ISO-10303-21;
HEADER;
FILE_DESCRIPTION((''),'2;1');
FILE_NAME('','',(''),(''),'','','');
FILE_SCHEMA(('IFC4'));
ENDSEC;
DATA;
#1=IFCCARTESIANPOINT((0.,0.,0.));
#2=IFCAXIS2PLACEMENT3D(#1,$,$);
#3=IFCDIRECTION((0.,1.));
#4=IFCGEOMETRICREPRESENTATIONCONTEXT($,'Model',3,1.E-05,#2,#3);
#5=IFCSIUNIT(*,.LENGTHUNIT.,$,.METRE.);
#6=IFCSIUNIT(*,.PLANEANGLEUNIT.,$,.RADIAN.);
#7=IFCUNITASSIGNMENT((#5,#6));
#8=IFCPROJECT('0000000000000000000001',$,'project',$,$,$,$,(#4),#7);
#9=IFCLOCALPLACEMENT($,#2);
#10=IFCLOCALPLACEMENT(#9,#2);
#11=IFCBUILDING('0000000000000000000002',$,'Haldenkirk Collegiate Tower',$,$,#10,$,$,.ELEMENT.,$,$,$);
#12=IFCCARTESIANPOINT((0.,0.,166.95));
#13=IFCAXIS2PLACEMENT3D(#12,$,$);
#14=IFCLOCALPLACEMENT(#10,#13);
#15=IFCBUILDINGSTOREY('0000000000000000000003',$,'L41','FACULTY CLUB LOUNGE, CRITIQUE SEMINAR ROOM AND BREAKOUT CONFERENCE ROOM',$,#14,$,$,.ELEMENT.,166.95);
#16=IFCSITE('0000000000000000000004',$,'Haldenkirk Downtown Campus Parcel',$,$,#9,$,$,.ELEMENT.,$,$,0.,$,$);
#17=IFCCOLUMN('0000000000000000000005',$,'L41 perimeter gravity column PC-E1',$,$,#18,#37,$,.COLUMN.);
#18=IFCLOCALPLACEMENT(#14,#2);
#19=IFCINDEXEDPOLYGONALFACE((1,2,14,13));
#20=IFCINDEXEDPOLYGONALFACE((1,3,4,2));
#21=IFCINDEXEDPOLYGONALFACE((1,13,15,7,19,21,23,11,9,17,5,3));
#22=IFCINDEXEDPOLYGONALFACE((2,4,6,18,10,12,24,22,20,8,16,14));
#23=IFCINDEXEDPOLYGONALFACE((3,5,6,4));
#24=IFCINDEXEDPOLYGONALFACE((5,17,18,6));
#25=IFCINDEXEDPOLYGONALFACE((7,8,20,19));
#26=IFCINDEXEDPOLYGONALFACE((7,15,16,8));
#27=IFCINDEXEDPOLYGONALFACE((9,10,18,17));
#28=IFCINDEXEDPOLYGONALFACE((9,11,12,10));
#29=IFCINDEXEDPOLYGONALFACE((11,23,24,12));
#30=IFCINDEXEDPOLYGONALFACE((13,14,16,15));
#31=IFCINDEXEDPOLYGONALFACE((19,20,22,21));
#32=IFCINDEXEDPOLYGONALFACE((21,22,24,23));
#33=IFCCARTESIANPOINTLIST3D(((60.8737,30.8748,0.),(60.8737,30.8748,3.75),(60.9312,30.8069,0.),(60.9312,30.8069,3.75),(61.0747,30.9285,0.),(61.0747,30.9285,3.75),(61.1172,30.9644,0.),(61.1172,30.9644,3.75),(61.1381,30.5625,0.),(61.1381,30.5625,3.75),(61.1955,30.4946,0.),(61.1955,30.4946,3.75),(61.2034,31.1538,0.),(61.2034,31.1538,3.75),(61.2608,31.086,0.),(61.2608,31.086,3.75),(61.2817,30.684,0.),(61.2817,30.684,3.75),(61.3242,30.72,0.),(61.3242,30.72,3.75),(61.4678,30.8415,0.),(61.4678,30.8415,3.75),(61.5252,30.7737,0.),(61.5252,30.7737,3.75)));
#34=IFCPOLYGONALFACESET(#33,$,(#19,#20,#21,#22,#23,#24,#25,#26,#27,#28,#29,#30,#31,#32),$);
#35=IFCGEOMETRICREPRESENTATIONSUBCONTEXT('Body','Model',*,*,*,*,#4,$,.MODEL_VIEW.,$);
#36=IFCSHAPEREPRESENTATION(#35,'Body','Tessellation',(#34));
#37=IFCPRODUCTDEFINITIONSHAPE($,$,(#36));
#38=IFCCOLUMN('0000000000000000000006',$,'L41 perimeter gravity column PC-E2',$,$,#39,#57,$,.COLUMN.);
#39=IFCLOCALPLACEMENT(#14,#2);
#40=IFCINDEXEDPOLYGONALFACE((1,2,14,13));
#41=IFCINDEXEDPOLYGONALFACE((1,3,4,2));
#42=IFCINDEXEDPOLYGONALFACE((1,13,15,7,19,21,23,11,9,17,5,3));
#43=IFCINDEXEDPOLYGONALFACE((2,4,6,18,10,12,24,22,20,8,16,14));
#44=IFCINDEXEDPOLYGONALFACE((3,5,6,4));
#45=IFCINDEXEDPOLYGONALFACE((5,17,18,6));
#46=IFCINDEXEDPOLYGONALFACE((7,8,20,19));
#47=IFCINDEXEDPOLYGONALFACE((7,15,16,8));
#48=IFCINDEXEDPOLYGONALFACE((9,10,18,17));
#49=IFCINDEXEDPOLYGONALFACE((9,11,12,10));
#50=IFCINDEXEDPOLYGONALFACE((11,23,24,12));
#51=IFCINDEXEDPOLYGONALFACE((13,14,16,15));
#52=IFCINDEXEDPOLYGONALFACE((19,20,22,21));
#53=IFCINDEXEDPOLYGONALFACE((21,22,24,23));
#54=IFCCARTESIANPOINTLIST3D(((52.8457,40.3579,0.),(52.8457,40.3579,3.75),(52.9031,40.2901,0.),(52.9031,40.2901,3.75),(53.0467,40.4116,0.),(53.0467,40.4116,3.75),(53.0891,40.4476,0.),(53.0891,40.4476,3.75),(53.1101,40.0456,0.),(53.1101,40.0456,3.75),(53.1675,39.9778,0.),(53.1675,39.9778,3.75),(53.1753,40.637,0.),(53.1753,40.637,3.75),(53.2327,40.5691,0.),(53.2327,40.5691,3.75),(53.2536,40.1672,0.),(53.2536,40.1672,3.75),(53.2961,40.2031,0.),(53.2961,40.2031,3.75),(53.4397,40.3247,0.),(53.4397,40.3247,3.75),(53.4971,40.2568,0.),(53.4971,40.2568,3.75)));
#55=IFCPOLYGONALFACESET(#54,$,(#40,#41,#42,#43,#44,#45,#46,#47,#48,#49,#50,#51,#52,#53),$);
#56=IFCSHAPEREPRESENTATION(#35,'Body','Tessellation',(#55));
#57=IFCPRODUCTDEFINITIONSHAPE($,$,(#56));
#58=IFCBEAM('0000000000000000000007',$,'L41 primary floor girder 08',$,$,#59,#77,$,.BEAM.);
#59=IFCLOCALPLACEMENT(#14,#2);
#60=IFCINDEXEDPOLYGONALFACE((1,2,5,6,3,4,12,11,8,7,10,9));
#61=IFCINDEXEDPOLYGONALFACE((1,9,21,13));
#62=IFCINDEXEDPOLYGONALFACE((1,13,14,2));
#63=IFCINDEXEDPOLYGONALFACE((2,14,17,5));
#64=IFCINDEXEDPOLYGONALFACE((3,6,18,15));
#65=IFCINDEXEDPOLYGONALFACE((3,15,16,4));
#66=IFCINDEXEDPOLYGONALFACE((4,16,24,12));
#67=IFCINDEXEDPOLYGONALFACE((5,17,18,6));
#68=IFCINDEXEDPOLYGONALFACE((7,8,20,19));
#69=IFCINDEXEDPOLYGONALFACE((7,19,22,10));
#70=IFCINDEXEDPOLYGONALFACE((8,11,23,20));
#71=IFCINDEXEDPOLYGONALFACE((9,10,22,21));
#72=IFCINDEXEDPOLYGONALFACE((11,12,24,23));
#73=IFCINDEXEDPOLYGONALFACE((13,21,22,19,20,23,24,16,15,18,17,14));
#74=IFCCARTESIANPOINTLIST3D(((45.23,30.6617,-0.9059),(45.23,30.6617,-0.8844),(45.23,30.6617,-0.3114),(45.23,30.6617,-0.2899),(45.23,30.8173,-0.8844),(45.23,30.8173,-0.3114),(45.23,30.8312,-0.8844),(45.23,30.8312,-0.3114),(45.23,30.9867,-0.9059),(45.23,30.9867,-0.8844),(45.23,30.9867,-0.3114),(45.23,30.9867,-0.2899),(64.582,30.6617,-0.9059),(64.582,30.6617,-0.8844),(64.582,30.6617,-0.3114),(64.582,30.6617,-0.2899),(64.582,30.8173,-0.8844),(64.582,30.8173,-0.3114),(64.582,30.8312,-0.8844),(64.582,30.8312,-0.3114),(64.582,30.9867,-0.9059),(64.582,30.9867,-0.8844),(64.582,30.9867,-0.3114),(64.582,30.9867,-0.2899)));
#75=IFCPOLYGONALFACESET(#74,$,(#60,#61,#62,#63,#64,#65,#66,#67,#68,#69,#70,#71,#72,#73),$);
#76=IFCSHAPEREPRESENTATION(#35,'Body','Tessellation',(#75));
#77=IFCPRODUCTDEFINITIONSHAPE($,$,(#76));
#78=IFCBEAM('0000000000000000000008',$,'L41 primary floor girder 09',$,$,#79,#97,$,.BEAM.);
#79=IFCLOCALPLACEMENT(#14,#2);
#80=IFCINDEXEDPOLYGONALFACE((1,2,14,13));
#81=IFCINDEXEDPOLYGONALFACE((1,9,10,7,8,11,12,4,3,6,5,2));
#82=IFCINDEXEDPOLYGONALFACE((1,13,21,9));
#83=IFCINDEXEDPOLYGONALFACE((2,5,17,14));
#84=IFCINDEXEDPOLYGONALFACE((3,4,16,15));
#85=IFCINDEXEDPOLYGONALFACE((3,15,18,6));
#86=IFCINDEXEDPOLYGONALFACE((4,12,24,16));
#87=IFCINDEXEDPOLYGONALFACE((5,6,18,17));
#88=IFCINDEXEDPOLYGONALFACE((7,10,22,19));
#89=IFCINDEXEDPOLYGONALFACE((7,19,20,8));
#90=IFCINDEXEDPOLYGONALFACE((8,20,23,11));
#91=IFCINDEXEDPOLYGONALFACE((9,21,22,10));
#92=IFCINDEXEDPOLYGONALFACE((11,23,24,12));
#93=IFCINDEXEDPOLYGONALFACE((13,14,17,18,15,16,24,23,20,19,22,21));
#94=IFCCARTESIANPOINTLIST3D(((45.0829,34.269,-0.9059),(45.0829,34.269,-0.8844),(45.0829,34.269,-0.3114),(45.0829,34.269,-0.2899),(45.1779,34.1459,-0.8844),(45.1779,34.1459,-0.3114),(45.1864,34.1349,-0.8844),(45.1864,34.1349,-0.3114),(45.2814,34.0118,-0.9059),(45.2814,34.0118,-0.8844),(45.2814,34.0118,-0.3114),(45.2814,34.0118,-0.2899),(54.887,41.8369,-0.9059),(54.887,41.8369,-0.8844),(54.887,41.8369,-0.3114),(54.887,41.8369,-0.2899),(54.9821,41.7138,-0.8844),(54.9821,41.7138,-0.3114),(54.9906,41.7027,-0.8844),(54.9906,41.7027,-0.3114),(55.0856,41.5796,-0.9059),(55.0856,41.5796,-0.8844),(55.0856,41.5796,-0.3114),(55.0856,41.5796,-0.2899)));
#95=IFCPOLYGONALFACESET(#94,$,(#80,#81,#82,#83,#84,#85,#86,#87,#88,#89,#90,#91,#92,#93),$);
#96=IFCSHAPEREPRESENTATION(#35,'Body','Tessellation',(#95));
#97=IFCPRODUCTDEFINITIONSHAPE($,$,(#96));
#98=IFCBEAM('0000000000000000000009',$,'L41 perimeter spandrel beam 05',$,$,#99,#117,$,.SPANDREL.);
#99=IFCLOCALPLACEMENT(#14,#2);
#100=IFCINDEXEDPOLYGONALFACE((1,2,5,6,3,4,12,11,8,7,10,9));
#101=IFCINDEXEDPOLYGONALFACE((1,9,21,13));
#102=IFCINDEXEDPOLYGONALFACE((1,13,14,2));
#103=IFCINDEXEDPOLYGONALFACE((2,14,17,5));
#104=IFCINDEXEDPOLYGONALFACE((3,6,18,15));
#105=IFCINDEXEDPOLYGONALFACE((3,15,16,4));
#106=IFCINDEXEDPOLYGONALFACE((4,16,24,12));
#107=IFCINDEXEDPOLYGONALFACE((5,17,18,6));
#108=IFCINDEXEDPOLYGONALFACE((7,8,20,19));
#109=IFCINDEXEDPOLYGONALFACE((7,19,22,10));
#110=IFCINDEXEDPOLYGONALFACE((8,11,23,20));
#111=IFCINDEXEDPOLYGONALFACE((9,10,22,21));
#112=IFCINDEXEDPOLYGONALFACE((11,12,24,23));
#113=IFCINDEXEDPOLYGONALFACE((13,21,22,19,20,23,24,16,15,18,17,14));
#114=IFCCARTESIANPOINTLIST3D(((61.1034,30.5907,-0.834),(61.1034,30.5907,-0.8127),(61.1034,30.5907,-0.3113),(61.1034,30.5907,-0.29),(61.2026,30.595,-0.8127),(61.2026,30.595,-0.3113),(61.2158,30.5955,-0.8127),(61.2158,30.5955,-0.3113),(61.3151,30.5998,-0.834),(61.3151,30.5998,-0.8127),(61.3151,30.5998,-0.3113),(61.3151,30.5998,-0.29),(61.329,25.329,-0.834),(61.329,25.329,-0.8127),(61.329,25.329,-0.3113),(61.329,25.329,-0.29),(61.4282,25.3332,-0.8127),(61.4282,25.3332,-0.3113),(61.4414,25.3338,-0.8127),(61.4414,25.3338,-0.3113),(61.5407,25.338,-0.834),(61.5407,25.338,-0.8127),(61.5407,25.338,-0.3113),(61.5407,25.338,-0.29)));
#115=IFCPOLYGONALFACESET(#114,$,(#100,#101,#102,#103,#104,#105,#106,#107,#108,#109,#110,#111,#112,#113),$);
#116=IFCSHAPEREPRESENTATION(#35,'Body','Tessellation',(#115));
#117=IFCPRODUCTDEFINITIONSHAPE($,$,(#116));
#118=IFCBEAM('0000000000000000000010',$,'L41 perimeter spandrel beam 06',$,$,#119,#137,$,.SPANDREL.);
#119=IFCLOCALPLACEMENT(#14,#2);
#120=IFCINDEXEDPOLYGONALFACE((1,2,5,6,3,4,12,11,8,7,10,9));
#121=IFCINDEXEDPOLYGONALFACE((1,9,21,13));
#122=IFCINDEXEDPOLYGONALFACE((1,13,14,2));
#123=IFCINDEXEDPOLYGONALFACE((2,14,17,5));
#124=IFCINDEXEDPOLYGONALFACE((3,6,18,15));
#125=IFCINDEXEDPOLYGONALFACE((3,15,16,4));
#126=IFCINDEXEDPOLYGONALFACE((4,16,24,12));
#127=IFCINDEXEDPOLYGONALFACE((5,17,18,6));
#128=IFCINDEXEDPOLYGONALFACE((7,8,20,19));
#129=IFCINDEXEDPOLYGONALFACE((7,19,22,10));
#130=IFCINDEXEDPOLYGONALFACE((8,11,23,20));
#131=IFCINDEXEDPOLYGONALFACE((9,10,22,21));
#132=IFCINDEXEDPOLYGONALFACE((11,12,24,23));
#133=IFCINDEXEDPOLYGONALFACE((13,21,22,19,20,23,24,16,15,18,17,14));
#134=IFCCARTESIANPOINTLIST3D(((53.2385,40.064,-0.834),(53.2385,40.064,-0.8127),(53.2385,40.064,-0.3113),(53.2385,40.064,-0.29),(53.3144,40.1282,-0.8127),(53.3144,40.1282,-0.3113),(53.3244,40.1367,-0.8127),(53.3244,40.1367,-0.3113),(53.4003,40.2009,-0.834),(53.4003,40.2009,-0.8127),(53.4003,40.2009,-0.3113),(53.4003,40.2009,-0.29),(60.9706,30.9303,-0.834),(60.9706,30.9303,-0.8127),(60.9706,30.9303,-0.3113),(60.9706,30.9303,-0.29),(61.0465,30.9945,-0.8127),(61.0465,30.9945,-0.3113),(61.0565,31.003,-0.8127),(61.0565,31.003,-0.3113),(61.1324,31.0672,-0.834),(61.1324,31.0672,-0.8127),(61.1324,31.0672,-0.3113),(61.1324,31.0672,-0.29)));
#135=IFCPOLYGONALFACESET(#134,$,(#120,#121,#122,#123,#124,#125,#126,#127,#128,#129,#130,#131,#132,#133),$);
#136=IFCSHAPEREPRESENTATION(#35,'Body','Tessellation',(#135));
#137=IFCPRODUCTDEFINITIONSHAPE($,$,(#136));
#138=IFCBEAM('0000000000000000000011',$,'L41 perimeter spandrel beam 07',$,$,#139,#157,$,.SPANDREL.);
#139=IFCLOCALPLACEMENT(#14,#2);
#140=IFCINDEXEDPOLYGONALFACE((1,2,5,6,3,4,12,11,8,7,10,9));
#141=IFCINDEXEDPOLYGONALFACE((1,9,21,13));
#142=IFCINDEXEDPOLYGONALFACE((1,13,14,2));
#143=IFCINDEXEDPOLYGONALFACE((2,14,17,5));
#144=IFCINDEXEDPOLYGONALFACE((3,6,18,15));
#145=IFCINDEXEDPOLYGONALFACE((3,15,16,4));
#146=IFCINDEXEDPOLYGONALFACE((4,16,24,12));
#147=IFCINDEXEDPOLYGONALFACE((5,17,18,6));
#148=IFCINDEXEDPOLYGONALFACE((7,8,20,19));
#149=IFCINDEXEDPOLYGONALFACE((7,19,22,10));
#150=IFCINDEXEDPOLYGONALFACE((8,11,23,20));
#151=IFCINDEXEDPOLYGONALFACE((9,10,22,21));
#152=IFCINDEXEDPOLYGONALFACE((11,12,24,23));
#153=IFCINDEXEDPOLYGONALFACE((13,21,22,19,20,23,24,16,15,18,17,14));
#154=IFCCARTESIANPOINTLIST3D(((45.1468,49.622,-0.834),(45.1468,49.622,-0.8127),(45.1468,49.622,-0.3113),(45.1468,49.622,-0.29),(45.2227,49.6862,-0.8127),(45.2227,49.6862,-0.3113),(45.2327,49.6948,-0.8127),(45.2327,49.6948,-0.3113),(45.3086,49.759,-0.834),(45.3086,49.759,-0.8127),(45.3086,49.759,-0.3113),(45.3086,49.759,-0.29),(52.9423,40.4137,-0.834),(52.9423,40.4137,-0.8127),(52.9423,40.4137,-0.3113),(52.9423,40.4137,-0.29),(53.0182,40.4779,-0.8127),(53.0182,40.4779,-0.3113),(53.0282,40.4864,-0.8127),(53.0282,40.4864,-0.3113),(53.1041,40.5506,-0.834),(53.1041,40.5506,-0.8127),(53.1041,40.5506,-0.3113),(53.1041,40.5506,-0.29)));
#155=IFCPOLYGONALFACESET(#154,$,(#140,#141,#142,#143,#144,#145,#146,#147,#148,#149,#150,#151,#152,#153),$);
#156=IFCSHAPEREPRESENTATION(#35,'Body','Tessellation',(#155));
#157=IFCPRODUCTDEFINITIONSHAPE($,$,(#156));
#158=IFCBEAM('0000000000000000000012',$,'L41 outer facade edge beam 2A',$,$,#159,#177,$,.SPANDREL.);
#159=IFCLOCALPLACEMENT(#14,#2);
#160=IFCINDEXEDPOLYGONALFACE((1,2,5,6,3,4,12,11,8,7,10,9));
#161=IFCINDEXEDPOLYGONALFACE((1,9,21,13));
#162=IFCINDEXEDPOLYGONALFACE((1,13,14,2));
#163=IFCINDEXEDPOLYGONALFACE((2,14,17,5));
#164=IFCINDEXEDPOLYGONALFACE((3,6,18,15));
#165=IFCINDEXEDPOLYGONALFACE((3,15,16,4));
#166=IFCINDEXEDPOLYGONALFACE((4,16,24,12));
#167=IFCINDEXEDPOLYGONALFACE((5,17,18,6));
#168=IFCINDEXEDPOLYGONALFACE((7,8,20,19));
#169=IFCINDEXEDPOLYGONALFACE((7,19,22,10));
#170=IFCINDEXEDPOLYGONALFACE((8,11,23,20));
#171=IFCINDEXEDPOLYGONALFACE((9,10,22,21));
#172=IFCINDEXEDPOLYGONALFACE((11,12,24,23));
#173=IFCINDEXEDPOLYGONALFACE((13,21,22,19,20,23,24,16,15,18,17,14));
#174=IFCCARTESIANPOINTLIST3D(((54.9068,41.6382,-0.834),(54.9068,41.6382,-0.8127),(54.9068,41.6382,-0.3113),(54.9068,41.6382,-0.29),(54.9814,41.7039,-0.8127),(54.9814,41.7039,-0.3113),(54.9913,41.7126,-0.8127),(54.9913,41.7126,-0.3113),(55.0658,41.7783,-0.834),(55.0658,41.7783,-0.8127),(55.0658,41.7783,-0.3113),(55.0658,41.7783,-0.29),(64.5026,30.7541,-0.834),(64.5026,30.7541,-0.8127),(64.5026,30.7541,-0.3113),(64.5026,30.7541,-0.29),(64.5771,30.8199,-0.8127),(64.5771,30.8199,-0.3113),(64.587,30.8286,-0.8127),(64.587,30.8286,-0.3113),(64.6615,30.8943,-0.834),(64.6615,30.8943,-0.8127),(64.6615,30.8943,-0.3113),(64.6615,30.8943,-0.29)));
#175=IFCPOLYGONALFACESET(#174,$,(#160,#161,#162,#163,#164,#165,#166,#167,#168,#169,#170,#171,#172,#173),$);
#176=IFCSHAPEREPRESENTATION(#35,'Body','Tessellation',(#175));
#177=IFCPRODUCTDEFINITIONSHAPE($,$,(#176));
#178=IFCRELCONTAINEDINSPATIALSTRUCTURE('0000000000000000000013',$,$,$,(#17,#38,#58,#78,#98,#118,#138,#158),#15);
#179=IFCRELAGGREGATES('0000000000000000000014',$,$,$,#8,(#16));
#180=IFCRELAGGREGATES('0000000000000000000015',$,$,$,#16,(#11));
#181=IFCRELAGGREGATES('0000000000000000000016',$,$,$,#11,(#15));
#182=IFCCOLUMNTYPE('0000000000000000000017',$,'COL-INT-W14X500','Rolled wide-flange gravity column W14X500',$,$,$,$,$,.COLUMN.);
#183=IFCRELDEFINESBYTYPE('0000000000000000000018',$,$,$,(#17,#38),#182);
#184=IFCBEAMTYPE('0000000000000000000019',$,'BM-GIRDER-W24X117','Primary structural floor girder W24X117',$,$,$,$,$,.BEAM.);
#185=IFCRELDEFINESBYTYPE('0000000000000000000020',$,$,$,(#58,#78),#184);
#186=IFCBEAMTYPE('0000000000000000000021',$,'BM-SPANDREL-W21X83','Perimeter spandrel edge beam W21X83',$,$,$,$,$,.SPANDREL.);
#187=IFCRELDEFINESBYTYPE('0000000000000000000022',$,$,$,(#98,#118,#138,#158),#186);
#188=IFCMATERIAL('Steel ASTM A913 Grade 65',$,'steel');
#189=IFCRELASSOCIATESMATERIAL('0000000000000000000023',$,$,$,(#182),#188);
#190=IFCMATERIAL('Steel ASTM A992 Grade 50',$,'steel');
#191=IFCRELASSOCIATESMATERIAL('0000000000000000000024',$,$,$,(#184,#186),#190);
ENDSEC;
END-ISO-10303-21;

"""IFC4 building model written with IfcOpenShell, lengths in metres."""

from ifc_helpers import new_model, si_unit, direction, frame, origin, origin_2d, place, context, subcontext, project, spatial, i_section, extrude, material, material_profile, profile_set, type_object, element, save


model = new_model("IFC4")

# Units and contexts
model_context = context("Model", 3, precision=1e-05, world=origin(), true_north=direction((0.0, 1.0)))
body_context = subcontext(model_context, "Body", "Model", "MODEL_VIEW")
ifc_project = project(units=[si_unit("LENGTHUNIT", "METRE"), si_unit("PLANEANGLEUNIT", "RADIAN")], contexts=[model_context])

# Site, building, storey
site_placement = place(None, origin())
site = spatial("IfcSite", under=ifc_project, at=site_placement, Name="Haldenkirk Downtown Campus Parcel", CompositionType="ELEMENT", RefElevation=0.0)
building_placement = place(site_placement, origin())
building = spatial("IfcBuilding", under=site, at=building_placement, Name="Haldenkirk Collegiate Tower", CompositionType="ELEMENT")
storey_placement = place(building_placement, frame((0.0, 0.0, 166.95)))
storey = spatial("IfcBuildingStorey", under=building, at=storey_placement, Name="L41", Description="FACULTY CLUB LOUNGE, CRITIQUE SEMINAR ROOM AND BREAKOUT CONFERENCE ROOM", CompositionType="ELEMENT", Elevation=166.95)

# Columns
ifc_material_1 = material(Name="Steel ASTM A913 Grade 65", Category="steel")
ifc_material_profile_1 = material_profile(ifc_material_1, i_section(OverallWidth=0.4319, OverallDepth=0.498, WebThickness=0.0557, FlangeThickness=0.0889, at=origin_2d()), Name="W14X500")
ifc_profile_set_1 = profile_set([ifc_material_profile_1], Name="Steel ASTM A913 Grade 65")
column_type = type_object("IfcColumnType", Name="COL-INT-W14X500", Description="Rolled wide-flange gravity column W14X500", PredefinedType="COLUMN", material=ifc_profile_set_1)
for number, where, z_axis, x_axis, name in (
    (1, (61.1995, 30.8242, 0.0), (0.0, 0.0, 1.0), (0.763232, 0.646124, 0.0), "L41 perimeter gravity column PC-E1"),
    (2, (53.1714, 40.3074, 0.0), (0.0, 0.0, 1.0), (0.763232, 0.646124, 0.0), "L41 perimeter gravity column PC-E2"),
):
    element("IfcColumn", number, at=place(storey_placement, frame(where, z_axis=z_axis, x_axis=x_axis)), inside=storey, type_object=column_type, Name=name, PredefinedType="COLUMN", context=body_context, shape_type="SweptSolid", body=[
        extrude(i_section(OverallWidth=0.4319, OverallDepth=0.498, WebThickness=0.0557, FlangeThickness=0.0889, at=origin_2d()), origin(), (0.0, 0.0, 1.0), 3.75),
    ])

# Beams
ifc_material_2 = material(Name="Steel ASTM A992 Grade 50", Category="steel")
ifc_material_profile_2 = material_profile(ifc_material_2, i_section(OverallWidth=0.325, OverallDepth=0.616, WebThickness=0.0139, FlangeThickness=0.0215, at=origin_2d()), Name="W24X117")
ifc_profile_set_2 = profile_set([ifc_material_profile_2], Name="Steel ASTM A992 Grade 50")
beam_type_1 = type_object("IfcBeamType", Name="BM-GIRDER-W24X117", Description="Primary structural floor girder W24X117", PredefinedType="BEAM", material=ifc_profile_set_2)
beam_1_placement = place(storey_placement, frame((64.582, 30.8242, -0.5979), z_axis=(-1.0, 0.0, 0.0), x_axis=(0.0, -1.0, 0.0)))
element("IfcBeam", 3, at=beam_1_placement, inside=storey, type_object=beam_type_1, Name="L41 primary floor girder 08", PredefinedType="BEAM", context=body_context, shape_type="SweptSolid", body=[
    extrude(i_section(OverallWidth=0.325, OverallDepth=0.616, WebThickness=0.0139, FlangeThickness=0.0215, at=origin_2d()), origin(), (0.0, 0.0, 1.0), 19.3521),
])
beam_2_placement = place(storey_placement, frame((54.9863, 41.7083, -0.5979), z_axis=(-0.791601, -0.611038, 0.0), x_axis=(0.611038, -0.791601, 0.0)))
element("IfcBeam", 4, at=beam_2_placement, inside=storey, type_object=beam_type_1, Name="L41 primary floor girder 09", PredefinedType="BEAM", context=body_context, shape_type="SweptSolid", body=[
    extrude(i_section(OverallWidth=0.325, OverallDepth=0.616, WebThickness=0.0139, FlangeThickness=0.0215, at=origin_2d()), origin(), (0.0, 0.0, 1.0), 12.3853),
])
ifc_material_profile_3 = material_profile(ifc_material_2, i_section(OverallWidth=0.2119, OverallDepth=0.5439, WebThickness=0.0132, FlangeThickness=0.0212, at=origin_2d()), Name="W21X83")
ifc_profile_set_3 = profile_set([ifc_material_profile_3], Name="Steel ASTM A992 Grade 50")
beam_type_2 = type_object("IfcBeamType", Name="BM-SPANDREL-W21X83", Description="Perimeter spandrel edge beam W21X83", PredefinedType="SPANDREL", material=ifc_profile_set_3)
beam_3_placement = place(storey_placement, frame((61.4348, 25.3335, -0.562), z_axis=(-0.042834, 0.999082, 0.0), x_axis=(-0.999082, -0.042834, 0.0)))
element("IfcBeam", 5, at=beam_3_placement, inside=storey, type_object=beam_type_2, Name="L41 perimeter spandrel beam 05", PredefinedType="SPANDREL", context=body_context, shape_type="SweptSolid", body=[
    extrude(i_section(OverallWidth=0.2119, OverallDepth=0.5439, WebThickness=0.0132, FlangeThickness=0.0212, at=origin_2d()), origin(), (0.0, 0.0, 1.0), 5.2666),
])
beam_4_placement = place(storey_placement, frame((61.0515, 30.9988, -0.562), z_axis=(-0.646117, 0.763238, 0.0), x_axis=(-0.763238, -0.646117, 0.0)))
element("IfcBeam", 6, at=beam_4_placement, inside=storey, type_object=beam_type_2, Name="L41 perimeter spandrel beam 06", PredefinedType="SPANDREL", context=body_context, shape_type="SweptSolid", body=[
    extrude(i_section(OverallWidth=0.2119, OverallDepth=0.5439, WebThickness=0.0132, FlangeThickness=0.0212, at=origin_2d()), origin(), (0.0, 0.0, 1.0), 11.967),
])
beam_5_placement = place(storey_placement, frame((53.0232, 40.4822, -0.562), z_axis=(-0.646126, 0.76323, 0.0), x_axis=(-0.76323, -0.646126, 0.0)))
element("IfcBeam", 7, at=beam_5_placement, inside=storey, type_object=beam_type_2, Name="L41 perimeter spandrel beam 07", PredefinedType="SPANDREL", context=body_context, shape_type="SweptSolid", body=[
    extrude(i_section(OverallWidth=0.2119, OverallDepth=0.5439, WebThickness=0.0132, FlangeThickness=0.0212, at=origin_2d()), origin(), (0.0, 0.0, 1.0), 12.0649),
])
beam_6_placement = place(storey_placement, frame((64.582, 30.8242, -0.562), z_axis=(-0.661317, 0.750106, 0.0), x_axis=(-0.750106, -0.661317, 0.0)))
element("IfcBeam", 8, at=beam_6_placement, inside=storey, type_object=beam_type_2, Name="L41 outer facade edge beam 2A", PredefinedType="SPANDREL", context=body_context, shape_type="SweptSolid", body=[
    extrude(i_section(OverallWidth=0.2119, OverallDepth=0.5439, WebThickness=0.0132, FlangeThickness=0.0212, at=origin_2d()), origin(), (0.0, 0.0, 1.0), 14.51),
])

save(model, "model.ifc")
